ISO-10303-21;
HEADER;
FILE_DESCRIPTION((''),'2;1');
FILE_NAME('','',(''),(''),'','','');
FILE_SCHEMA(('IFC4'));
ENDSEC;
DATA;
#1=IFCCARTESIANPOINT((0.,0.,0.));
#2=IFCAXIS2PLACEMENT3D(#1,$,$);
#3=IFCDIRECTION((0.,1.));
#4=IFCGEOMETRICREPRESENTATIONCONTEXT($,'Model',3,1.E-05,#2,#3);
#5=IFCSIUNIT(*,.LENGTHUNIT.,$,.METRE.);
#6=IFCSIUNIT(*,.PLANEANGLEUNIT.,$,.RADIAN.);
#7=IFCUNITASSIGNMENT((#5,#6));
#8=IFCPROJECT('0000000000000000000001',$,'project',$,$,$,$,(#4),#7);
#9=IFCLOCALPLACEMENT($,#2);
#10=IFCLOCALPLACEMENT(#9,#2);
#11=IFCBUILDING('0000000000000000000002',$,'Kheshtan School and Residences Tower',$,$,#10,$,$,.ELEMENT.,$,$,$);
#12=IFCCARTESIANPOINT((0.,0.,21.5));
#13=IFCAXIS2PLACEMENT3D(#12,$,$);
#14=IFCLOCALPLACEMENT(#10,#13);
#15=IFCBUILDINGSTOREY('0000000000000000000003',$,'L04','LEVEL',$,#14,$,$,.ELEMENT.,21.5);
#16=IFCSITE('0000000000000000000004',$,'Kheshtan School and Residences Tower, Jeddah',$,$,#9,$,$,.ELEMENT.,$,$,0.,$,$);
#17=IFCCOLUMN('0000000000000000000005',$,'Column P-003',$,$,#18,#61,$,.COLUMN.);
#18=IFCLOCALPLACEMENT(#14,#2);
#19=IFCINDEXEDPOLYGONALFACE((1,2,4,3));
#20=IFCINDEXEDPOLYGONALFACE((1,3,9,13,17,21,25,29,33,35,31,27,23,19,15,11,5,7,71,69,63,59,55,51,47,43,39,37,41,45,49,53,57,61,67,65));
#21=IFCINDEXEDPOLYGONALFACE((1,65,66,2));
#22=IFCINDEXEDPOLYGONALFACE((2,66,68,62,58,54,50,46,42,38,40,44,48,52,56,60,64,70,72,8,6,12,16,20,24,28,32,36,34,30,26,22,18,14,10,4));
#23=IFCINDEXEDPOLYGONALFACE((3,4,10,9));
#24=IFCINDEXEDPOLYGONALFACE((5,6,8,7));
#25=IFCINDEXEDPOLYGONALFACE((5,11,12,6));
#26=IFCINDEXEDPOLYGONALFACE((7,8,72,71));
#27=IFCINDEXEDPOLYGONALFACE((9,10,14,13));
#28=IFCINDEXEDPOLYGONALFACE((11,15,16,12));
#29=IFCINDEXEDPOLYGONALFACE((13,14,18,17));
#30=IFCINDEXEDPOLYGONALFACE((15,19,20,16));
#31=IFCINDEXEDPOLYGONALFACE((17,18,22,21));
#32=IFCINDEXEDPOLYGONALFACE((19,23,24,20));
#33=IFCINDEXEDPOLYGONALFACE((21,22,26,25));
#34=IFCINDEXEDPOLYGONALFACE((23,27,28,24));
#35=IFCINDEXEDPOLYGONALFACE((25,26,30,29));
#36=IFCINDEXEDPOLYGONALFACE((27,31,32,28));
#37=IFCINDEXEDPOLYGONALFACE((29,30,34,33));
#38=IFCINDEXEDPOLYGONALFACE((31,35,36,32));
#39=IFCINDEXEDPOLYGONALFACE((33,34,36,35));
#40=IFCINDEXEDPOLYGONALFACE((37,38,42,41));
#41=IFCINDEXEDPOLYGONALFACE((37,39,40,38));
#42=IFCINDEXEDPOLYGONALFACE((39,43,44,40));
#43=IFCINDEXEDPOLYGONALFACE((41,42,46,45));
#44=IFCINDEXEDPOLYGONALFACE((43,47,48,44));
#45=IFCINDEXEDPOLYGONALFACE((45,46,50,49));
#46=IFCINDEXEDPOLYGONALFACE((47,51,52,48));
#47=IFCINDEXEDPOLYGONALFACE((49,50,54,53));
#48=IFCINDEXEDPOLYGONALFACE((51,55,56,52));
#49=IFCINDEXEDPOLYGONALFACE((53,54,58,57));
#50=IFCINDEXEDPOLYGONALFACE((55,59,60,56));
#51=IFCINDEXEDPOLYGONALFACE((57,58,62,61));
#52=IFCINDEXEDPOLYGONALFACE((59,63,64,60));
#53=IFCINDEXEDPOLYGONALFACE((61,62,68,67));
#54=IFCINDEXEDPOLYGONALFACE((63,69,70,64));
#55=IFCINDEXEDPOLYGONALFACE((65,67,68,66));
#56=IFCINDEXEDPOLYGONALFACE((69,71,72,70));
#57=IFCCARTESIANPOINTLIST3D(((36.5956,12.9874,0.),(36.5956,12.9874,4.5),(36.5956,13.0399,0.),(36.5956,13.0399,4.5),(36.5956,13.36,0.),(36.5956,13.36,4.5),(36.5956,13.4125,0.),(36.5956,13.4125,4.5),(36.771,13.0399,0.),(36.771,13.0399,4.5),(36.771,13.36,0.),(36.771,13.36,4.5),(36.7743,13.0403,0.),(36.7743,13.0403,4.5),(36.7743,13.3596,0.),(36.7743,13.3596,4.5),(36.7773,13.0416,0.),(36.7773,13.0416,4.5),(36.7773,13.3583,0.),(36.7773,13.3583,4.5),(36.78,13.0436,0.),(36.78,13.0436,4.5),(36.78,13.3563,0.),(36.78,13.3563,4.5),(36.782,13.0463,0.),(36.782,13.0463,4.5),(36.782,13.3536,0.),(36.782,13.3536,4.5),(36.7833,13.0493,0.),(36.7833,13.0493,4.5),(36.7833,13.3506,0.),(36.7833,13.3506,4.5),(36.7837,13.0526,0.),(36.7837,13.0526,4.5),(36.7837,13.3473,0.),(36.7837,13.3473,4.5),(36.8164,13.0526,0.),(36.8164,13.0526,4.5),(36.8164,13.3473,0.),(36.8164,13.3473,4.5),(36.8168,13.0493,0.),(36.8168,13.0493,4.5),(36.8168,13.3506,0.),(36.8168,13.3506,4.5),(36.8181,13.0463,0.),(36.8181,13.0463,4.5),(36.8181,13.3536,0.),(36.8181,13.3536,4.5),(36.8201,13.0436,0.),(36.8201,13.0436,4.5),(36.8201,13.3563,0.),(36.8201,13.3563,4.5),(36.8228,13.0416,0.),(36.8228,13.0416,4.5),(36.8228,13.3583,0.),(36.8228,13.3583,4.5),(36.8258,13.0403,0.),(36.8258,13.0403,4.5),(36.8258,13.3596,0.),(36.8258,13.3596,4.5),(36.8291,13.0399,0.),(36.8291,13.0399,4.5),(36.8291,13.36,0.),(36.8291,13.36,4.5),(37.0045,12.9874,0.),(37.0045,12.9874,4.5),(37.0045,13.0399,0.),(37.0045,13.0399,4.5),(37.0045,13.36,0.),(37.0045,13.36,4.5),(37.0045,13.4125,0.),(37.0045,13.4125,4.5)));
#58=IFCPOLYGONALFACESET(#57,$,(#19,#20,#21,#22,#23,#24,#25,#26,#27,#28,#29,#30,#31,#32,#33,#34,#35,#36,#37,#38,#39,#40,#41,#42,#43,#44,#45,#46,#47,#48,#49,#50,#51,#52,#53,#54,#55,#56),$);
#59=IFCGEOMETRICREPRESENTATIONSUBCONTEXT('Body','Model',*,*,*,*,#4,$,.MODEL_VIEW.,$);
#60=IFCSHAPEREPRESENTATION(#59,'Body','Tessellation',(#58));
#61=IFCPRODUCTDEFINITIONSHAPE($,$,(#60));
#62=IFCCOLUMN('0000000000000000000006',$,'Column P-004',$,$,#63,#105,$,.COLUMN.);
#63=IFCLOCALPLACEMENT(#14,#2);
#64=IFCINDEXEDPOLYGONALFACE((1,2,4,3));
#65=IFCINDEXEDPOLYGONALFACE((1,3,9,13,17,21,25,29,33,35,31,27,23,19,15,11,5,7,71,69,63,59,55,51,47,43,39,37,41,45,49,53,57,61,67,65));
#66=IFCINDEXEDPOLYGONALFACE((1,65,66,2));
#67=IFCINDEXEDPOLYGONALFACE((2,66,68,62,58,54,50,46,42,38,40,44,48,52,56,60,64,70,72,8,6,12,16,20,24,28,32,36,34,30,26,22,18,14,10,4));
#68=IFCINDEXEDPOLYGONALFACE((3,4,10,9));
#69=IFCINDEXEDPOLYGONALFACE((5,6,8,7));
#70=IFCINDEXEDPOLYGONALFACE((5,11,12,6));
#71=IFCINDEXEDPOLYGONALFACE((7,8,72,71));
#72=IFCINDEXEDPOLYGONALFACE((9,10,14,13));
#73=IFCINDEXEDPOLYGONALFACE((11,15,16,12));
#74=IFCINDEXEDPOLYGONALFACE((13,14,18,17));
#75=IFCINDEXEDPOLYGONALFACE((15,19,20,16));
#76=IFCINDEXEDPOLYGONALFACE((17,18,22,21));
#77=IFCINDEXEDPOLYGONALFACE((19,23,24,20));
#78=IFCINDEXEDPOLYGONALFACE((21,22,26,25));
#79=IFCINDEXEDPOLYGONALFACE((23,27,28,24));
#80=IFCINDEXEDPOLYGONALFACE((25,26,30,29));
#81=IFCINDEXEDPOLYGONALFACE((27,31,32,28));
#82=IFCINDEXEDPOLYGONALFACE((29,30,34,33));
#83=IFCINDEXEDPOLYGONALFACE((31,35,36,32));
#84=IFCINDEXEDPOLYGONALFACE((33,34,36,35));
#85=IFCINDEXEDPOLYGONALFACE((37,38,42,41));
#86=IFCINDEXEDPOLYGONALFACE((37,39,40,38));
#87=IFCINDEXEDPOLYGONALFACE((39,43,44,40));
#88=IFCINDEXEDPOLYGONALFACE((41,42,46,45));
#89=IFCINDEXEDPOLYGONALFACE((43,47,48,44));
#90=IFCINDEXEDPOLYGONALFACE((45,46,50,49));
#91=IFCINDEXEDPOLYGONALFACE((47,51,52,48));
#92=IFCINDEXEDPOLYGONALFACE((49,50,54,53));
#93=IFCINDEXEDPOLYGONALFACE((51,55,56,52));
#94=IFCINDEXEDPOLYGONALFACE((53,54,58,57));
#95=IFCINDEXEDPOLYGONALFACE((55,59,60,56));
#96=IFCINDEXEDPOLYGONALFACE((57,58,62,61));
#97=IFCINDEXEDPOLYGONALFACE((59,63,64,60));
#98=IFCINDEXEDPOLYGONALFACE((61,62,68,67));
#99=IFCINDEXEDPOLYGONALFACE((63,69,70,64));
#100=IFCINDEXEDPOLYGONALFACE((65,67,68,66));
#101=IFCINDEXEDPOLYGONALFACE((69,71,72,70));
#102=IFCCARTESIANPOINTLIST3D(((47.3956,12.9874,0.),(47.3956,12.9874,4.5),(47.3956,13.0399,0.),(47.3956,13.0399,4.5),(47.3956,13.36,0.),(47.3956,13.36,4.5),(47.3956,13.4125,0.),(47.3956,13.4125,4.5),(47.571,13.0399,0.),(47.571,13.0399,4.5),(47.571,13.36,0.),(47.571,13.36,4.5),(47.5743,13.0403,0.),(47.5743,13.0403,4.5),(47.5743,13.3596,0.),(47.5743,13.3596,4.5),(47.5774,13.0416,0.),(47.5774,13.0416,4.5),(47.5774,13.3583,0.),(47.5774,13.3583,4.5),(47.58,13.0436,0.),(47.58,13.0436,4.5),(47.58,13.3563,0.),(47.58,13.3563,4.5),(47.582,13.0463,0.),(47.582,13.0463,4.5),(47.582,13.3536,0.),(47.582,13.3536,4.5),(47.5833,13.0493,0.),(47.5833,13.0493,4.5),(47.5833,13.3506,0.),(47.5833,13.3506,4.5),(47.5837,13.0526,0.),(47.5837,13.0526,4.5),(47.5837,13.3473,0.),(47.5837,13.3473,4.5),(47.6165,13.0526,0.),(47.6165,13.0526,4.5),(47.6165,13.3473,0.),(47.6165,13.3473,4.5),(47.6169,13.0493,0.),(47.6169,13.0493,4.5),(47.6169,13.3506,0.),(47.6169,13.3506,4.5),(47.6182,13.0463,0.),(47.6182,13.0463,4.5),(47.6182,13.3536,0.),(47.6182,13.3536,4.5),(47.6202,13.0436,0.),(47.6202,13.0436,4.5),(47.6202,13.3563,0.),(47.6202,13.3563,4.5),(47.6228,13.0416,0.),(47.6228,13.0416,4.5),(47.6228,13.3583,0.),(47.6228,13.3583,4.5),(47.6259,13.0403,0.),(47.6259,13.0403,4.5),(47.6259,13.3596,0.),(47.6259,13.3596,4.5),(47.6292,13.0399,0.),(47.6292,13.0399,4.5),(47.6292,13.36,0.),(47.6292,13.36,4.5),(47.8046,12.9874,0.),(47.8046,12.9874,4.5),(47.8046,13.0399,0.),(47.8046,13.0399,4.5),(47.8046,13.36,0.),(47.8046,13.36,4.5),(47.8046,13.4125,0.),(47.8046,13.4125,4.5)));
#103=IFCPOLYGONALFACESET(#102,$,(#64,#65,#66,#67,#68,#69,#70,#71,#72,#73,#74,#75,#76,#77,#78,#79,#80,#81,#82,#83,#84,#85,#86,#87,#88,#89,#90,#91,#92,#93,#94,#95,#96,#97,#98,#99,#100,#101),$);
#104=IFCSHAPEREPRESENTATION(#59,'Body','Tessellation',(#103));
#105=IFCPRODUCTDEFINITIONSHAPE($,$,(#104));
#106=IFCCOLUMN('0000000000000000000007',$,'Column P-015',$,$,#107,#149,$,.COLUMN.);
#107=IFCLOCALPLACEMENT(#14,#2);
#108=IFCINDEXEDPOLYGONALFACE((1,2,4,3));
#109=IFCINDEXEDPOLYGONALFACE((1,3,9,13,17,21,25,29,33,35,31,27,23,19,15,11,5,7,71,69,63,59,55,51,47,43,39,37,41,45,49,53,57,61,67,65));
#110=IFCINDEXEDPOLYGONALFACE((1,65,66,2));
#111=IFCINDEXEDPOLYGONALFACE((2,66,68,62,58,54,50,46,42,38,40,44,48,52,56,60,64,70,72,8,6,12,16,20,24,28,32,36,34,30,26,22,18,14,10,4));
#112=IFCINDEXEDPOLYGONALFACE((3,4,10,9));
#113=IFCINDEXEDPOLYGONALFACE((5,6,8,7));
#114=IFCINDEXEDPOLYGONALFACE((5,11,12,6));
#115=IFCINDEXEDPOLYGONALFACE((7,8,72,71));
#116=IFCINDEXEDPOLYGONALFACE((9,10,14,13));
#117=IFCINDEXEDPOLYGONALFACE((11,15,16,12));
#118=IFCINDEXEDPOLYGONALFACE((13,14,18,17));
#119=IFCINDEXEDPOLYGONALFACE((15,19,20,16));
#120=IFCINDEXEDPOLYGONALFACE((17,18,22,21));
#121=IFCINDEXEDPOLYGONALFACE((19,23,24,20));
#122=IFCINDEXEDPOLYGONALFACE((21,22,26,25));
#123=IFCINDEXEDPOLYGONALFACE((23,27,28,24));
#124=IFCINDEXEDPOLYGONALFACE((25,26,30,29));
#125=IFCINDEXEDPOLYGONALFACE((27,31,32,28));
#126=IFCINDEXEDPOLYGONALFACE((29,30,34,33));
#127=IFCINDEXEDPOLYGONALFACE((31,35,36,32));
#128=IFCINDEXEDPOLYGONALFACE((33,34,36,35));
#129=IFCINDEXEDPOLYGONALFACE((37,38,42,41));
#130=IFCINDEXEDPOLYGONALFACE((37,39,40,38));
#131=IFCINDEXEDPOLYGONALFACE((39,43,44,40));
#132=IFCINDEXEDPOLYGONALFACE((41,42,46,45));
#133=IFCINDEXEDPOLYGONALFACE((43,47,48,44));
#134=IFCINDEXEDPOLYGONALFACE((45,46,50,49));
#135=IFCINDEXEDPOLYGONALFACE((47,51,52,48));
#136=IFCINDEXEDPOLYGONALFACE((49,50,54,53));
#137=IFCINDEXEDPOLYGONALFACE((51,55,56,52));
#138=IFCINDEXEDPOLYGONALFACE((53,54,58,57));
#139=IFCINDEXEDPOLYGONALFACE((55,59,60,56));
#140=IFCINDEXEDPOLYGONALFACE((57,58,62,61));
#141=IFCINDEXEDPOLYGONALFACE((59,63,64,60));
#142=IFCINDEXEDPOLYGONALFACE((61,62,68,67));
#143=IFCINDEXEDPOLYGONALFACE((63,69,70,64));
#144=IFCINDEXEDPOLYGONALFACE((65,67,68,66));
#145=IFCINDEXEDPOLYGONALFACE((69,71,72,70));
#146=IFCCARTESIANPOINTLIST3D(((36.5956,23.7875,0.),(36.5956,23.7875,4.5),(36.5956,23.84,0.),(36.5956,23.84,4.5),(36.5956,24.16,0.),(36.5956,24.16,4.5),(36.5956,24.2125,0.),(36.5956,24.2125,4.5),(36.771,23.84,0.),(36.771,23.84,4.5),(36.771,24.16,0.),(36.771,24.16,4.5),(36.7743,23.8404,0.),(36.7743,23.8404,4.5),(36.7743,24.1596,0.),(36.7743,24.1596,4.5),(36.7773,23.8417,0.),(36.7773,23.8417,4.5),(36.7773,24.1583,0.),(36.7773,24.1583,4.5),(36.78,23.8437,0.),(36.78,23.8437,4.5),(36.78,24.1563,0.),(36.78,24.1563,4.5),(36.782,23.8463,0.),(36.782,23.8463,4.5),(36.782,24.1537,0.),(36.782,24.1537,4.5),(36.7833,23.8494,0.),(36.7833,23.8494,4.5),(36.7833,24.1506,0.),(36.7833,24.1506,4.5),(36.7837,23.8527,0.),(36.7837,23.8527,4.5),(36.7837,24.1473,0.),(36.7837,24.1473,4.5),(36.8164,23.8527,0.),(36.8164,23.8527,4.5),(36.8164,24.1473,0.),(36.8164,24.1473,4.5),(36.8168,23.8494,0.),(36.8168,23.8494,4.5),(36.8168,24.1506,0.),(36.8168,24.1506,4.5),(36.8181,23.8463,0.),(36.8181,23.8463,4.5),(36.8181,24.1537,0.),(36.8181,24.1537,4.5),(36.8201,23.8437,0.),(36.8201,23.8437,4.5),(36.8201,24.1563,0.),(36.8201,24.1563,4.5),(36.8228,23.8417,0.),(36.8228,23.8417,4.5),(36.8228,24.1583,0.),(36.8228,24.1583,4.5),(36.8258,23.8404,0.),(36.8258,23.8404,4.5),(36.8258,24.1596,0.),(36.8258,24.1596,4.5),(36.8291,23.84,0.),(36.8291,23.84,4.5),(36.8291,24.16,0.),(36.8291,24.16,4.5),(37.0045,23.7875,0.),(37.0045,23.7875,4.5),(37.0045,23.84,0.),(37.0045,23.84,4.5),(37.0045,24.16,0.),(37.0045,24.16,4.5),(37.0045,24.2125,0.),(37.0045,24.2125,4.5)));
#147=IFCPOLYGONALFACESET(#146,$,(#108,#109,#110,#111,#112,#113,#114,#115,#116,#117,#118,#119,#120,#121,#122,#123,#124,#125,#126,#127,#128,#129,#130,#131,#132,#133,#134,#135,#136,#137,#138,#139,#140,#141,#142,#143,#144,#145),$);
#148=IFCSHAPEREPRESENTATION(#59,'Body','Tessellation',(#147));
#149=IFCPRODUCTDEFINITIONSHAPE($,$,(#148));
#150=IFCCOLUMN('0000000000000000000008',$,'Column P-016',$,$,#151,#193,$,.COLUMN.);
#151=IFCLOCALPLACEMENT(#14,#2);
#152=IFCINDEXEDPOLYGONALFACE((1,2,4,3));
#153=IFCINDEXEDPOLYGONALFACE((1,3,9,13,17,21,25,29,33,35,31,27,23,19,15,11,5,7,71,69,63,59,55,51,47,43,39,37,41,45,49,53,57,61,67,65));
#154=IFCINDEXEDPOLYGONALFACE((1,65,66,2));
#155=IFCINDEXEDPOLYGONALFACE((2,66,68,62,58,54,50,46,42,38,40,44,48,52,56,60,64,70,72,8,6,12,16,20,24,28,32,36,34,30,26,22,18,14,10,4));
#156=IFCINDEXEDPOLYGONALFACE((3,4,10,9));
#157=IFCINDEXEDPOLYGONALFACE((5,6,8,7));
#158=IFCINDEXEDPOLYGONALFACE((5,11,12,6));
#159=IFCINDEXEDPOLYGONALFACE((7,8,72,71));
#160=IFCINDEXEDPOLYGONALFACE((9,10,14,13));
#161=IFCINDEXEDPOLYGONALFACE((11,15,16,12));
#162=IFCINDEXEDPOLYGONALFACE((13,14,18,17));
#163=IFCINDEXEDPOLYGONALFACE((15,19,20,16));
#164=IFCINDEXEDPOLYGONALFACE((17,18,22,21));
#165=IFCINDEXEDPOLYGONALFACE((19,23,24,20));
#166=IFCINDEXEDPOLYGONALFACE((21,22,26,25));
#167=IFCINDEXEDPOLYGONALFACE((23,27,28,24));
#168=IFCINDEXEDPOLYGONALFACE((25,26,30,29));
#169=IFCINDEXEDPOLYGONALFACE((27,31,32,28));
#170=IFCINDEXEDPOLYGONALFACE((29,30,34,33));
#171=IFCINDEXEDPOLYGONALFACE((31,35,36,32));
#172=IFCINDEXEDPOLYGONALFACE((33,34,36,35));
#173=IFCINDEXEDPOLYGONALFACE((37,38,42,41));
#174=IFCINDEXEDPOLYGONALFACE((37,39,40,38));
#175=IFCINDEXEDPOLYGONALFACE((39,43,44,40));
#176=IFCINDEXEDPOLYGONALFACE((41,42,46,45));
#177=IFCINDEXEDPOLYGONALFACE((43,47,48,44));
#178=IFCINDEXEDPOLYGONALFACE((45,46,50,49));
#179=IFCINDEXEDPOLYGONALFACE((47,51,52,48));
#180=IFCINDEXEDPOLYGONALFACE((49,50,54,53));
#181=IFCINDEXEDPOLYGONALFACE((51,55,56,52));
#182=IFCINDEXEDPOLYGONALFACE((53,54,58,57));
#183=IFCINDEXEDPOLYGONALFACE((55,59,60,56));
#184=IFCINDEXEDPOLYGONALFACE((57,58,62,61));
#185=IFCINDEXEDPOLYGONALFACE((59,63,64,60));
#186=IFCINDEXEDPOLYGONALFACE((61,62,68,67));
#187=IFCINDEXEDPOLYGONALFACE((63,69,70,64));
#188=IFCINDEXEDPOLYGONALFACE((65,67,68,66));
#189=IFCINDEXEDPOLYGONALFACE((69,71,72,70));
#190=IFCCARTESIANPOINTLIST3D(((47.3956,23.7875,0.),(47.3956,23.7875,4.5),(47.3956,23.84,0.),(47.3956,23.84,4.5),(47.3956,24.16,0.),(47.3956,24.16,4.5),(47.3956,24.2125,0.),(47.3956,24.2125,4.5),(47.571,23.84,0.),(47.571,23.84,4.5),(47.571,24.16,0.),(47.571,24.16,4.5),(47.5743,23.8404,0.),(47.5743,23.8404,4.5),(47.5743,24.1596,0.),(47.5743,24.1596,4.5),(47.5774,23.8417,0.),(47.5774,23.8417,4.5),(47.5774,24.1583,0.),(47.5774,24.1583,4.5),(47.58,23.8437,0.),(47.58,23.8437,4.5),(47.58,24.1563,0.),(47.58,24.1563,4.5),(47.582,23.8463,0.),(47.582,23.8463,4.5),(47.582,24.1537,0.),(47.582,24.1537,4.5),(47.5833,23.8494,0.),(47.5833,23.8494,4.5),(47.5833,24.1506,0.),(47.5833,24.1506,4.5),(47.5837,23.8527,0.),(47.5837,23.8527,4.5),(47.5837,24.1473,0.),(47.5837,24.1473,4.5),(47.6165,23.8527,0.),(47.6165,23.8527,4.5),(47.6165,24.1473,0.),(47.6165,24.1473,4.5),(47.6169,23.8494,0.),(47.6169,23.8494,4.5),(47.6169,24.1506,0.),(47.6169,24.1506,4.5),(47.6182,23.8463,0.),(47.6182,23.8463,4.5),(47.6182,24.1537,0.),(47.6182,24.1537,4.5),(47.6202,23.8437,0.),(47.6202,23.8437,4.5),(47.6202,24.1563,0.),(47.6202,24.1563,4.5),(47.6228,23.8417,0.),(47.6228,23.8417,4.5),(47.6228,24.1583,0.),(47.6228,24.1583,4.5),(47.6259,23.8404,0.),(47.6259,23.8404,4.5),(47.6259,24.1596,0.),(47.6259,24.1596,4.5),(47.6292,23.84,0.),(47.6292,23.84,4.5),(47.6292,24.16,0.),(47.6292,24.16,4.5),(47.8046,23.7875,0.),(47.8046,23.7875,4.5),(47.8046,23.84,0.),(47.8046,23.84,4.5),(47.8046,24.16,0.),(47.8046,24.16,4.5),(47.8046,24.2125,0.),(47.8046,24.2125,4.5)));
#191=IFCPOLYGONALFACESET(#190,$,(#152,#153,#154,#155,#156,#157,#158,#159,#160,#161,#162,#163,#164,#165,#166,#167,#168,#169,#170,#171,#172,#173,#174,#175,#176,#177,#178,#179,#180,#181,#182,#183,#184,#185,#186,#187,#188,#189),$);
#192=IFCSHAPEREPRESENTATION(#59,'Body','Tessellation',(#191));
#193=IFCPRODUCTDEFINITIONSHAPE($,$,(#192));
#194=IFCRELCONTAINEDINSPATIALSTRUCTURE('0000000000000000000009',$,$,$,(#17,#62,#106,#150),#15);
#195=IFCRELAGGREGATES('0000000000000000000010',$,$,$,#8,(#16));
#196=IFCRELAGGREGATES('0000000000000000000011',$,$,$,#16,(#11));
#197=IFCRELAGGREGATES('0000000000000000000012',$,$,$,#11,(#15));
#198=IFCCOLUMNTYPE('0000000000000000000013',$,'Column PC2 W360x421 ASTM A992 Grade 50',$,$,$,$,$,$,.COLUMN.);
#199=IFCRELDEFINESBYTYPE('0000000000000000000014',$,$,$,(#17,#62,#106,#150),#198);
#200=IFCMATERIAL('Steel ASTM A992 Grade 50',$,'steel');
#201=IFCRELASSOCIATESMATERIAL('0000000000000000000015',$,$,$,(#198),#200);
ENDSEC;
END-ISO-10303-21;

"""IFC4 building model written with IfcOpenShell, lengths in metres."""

from ifc_helpers import new_model, si_unit, direction, frame, origin, origin_2d, place, context, subcontext, project, spatial, i_section, extrude, material, material_profile, profile_set, type_object, element, save


model = new_model("IFC4")

# Units and contexts
model_context = context("Model", 3, precision=1e-05, world=origin(), true_north=direction((0.0, 1.0)))
body_context = subcontext(model_context, "Body", "Model", "MODEL_VIEW")
ifc_project = project(units=[si_unit("LENGTHUNIT", "METRE"), si_unit("PLANEANGLEUNIT", "RADIAN")], contexts=[model_context])

# Site, building, storey
site_placement = place(None, origin())
site = spatial("IfcSite", under=ifc_project, at=site_placement, Name="Kheshtan School and Residences Tower, Jeddah", CompositionType="ELEMENT", RefElevation=0.0)
building_placement = place(site_placement, origin())
building = spatial("IfcBuilding", under=site, at=building_placement, Name="Kheshtan School and Residences Tower", CompositionType="ELEMENT")
storey_placement = place(building_placement, frame((0.0, 0.0, 21.5)))
storey = spatial("IfcBuildingStorey", under=building, at=storey_placement, Name="L04", Description="LEVEL", CompositionType="ELEMENT", Elevation=21.5)

# Columns
ifc_material_1 = material(Name="Steel ASTM A992 Grade 50", Category="steel")
ifc_material_profile_1 = material_profile(ifc_material_1, i_section(OverallWidth=0.4089, OverallDepth=0.425, WebThickness=0.0327, FlangeThickness=0.0525, FilletRadius=0.0127, at=origin_2d()), Name="W360x421")
ifc_profile_set_1 = profile_set([ifc_material_profile_1], Name="Steel ASTM A992 Grade 50")
column_type = type_object("IfcColumnType", Name="Column PC2 W360x421 ASTM A992 Grade 50", PredefinedType="COLUMN", material=ifc_profile_set_1)
for number, where, z_axis, x_axis, name in (
    (1, (36.8, 13.2, 0.0), (0.0, 0.0, 1.0), (1.0, 0.0, 0.0), "Column P-003"),
    (2, (47.6001, 13.2, 0.0), (0.0, 0.0, 1.0), (1.0, 0.0, 0.0), "Column P-004"),
    (3, (36.8, 24.0, 0.0), (0.0, 0.0, 1.0), (1.0, 0.0, 0.0), "Column P-015"),
    (4, (47.6001, 24.0, 0.0), (0.0, 0.0, 1.0), (1.0, 0.0, 0.0), "Column P-016"),
):
    element("IfcColumn", number, at=place(storey_placement, frame(where, z_axis=z_axis, x_axis=x_axis)), inside=storey, type_object=column_type, Name=name, PredefinedType="COLUMN", context=body_context, shape_type="SweptSolid", body=[
        extrude(i_section(OverallWidth=0.4089, OverallDepth=0.425, WebThickness=0.0327, FlangeThickness=0.0525, FilletRadius=0.0127, at=origin_2d()), origin(), (0.0, 0.0, 1.0), 4.5),
    ])

save(model, "model.ifc")
